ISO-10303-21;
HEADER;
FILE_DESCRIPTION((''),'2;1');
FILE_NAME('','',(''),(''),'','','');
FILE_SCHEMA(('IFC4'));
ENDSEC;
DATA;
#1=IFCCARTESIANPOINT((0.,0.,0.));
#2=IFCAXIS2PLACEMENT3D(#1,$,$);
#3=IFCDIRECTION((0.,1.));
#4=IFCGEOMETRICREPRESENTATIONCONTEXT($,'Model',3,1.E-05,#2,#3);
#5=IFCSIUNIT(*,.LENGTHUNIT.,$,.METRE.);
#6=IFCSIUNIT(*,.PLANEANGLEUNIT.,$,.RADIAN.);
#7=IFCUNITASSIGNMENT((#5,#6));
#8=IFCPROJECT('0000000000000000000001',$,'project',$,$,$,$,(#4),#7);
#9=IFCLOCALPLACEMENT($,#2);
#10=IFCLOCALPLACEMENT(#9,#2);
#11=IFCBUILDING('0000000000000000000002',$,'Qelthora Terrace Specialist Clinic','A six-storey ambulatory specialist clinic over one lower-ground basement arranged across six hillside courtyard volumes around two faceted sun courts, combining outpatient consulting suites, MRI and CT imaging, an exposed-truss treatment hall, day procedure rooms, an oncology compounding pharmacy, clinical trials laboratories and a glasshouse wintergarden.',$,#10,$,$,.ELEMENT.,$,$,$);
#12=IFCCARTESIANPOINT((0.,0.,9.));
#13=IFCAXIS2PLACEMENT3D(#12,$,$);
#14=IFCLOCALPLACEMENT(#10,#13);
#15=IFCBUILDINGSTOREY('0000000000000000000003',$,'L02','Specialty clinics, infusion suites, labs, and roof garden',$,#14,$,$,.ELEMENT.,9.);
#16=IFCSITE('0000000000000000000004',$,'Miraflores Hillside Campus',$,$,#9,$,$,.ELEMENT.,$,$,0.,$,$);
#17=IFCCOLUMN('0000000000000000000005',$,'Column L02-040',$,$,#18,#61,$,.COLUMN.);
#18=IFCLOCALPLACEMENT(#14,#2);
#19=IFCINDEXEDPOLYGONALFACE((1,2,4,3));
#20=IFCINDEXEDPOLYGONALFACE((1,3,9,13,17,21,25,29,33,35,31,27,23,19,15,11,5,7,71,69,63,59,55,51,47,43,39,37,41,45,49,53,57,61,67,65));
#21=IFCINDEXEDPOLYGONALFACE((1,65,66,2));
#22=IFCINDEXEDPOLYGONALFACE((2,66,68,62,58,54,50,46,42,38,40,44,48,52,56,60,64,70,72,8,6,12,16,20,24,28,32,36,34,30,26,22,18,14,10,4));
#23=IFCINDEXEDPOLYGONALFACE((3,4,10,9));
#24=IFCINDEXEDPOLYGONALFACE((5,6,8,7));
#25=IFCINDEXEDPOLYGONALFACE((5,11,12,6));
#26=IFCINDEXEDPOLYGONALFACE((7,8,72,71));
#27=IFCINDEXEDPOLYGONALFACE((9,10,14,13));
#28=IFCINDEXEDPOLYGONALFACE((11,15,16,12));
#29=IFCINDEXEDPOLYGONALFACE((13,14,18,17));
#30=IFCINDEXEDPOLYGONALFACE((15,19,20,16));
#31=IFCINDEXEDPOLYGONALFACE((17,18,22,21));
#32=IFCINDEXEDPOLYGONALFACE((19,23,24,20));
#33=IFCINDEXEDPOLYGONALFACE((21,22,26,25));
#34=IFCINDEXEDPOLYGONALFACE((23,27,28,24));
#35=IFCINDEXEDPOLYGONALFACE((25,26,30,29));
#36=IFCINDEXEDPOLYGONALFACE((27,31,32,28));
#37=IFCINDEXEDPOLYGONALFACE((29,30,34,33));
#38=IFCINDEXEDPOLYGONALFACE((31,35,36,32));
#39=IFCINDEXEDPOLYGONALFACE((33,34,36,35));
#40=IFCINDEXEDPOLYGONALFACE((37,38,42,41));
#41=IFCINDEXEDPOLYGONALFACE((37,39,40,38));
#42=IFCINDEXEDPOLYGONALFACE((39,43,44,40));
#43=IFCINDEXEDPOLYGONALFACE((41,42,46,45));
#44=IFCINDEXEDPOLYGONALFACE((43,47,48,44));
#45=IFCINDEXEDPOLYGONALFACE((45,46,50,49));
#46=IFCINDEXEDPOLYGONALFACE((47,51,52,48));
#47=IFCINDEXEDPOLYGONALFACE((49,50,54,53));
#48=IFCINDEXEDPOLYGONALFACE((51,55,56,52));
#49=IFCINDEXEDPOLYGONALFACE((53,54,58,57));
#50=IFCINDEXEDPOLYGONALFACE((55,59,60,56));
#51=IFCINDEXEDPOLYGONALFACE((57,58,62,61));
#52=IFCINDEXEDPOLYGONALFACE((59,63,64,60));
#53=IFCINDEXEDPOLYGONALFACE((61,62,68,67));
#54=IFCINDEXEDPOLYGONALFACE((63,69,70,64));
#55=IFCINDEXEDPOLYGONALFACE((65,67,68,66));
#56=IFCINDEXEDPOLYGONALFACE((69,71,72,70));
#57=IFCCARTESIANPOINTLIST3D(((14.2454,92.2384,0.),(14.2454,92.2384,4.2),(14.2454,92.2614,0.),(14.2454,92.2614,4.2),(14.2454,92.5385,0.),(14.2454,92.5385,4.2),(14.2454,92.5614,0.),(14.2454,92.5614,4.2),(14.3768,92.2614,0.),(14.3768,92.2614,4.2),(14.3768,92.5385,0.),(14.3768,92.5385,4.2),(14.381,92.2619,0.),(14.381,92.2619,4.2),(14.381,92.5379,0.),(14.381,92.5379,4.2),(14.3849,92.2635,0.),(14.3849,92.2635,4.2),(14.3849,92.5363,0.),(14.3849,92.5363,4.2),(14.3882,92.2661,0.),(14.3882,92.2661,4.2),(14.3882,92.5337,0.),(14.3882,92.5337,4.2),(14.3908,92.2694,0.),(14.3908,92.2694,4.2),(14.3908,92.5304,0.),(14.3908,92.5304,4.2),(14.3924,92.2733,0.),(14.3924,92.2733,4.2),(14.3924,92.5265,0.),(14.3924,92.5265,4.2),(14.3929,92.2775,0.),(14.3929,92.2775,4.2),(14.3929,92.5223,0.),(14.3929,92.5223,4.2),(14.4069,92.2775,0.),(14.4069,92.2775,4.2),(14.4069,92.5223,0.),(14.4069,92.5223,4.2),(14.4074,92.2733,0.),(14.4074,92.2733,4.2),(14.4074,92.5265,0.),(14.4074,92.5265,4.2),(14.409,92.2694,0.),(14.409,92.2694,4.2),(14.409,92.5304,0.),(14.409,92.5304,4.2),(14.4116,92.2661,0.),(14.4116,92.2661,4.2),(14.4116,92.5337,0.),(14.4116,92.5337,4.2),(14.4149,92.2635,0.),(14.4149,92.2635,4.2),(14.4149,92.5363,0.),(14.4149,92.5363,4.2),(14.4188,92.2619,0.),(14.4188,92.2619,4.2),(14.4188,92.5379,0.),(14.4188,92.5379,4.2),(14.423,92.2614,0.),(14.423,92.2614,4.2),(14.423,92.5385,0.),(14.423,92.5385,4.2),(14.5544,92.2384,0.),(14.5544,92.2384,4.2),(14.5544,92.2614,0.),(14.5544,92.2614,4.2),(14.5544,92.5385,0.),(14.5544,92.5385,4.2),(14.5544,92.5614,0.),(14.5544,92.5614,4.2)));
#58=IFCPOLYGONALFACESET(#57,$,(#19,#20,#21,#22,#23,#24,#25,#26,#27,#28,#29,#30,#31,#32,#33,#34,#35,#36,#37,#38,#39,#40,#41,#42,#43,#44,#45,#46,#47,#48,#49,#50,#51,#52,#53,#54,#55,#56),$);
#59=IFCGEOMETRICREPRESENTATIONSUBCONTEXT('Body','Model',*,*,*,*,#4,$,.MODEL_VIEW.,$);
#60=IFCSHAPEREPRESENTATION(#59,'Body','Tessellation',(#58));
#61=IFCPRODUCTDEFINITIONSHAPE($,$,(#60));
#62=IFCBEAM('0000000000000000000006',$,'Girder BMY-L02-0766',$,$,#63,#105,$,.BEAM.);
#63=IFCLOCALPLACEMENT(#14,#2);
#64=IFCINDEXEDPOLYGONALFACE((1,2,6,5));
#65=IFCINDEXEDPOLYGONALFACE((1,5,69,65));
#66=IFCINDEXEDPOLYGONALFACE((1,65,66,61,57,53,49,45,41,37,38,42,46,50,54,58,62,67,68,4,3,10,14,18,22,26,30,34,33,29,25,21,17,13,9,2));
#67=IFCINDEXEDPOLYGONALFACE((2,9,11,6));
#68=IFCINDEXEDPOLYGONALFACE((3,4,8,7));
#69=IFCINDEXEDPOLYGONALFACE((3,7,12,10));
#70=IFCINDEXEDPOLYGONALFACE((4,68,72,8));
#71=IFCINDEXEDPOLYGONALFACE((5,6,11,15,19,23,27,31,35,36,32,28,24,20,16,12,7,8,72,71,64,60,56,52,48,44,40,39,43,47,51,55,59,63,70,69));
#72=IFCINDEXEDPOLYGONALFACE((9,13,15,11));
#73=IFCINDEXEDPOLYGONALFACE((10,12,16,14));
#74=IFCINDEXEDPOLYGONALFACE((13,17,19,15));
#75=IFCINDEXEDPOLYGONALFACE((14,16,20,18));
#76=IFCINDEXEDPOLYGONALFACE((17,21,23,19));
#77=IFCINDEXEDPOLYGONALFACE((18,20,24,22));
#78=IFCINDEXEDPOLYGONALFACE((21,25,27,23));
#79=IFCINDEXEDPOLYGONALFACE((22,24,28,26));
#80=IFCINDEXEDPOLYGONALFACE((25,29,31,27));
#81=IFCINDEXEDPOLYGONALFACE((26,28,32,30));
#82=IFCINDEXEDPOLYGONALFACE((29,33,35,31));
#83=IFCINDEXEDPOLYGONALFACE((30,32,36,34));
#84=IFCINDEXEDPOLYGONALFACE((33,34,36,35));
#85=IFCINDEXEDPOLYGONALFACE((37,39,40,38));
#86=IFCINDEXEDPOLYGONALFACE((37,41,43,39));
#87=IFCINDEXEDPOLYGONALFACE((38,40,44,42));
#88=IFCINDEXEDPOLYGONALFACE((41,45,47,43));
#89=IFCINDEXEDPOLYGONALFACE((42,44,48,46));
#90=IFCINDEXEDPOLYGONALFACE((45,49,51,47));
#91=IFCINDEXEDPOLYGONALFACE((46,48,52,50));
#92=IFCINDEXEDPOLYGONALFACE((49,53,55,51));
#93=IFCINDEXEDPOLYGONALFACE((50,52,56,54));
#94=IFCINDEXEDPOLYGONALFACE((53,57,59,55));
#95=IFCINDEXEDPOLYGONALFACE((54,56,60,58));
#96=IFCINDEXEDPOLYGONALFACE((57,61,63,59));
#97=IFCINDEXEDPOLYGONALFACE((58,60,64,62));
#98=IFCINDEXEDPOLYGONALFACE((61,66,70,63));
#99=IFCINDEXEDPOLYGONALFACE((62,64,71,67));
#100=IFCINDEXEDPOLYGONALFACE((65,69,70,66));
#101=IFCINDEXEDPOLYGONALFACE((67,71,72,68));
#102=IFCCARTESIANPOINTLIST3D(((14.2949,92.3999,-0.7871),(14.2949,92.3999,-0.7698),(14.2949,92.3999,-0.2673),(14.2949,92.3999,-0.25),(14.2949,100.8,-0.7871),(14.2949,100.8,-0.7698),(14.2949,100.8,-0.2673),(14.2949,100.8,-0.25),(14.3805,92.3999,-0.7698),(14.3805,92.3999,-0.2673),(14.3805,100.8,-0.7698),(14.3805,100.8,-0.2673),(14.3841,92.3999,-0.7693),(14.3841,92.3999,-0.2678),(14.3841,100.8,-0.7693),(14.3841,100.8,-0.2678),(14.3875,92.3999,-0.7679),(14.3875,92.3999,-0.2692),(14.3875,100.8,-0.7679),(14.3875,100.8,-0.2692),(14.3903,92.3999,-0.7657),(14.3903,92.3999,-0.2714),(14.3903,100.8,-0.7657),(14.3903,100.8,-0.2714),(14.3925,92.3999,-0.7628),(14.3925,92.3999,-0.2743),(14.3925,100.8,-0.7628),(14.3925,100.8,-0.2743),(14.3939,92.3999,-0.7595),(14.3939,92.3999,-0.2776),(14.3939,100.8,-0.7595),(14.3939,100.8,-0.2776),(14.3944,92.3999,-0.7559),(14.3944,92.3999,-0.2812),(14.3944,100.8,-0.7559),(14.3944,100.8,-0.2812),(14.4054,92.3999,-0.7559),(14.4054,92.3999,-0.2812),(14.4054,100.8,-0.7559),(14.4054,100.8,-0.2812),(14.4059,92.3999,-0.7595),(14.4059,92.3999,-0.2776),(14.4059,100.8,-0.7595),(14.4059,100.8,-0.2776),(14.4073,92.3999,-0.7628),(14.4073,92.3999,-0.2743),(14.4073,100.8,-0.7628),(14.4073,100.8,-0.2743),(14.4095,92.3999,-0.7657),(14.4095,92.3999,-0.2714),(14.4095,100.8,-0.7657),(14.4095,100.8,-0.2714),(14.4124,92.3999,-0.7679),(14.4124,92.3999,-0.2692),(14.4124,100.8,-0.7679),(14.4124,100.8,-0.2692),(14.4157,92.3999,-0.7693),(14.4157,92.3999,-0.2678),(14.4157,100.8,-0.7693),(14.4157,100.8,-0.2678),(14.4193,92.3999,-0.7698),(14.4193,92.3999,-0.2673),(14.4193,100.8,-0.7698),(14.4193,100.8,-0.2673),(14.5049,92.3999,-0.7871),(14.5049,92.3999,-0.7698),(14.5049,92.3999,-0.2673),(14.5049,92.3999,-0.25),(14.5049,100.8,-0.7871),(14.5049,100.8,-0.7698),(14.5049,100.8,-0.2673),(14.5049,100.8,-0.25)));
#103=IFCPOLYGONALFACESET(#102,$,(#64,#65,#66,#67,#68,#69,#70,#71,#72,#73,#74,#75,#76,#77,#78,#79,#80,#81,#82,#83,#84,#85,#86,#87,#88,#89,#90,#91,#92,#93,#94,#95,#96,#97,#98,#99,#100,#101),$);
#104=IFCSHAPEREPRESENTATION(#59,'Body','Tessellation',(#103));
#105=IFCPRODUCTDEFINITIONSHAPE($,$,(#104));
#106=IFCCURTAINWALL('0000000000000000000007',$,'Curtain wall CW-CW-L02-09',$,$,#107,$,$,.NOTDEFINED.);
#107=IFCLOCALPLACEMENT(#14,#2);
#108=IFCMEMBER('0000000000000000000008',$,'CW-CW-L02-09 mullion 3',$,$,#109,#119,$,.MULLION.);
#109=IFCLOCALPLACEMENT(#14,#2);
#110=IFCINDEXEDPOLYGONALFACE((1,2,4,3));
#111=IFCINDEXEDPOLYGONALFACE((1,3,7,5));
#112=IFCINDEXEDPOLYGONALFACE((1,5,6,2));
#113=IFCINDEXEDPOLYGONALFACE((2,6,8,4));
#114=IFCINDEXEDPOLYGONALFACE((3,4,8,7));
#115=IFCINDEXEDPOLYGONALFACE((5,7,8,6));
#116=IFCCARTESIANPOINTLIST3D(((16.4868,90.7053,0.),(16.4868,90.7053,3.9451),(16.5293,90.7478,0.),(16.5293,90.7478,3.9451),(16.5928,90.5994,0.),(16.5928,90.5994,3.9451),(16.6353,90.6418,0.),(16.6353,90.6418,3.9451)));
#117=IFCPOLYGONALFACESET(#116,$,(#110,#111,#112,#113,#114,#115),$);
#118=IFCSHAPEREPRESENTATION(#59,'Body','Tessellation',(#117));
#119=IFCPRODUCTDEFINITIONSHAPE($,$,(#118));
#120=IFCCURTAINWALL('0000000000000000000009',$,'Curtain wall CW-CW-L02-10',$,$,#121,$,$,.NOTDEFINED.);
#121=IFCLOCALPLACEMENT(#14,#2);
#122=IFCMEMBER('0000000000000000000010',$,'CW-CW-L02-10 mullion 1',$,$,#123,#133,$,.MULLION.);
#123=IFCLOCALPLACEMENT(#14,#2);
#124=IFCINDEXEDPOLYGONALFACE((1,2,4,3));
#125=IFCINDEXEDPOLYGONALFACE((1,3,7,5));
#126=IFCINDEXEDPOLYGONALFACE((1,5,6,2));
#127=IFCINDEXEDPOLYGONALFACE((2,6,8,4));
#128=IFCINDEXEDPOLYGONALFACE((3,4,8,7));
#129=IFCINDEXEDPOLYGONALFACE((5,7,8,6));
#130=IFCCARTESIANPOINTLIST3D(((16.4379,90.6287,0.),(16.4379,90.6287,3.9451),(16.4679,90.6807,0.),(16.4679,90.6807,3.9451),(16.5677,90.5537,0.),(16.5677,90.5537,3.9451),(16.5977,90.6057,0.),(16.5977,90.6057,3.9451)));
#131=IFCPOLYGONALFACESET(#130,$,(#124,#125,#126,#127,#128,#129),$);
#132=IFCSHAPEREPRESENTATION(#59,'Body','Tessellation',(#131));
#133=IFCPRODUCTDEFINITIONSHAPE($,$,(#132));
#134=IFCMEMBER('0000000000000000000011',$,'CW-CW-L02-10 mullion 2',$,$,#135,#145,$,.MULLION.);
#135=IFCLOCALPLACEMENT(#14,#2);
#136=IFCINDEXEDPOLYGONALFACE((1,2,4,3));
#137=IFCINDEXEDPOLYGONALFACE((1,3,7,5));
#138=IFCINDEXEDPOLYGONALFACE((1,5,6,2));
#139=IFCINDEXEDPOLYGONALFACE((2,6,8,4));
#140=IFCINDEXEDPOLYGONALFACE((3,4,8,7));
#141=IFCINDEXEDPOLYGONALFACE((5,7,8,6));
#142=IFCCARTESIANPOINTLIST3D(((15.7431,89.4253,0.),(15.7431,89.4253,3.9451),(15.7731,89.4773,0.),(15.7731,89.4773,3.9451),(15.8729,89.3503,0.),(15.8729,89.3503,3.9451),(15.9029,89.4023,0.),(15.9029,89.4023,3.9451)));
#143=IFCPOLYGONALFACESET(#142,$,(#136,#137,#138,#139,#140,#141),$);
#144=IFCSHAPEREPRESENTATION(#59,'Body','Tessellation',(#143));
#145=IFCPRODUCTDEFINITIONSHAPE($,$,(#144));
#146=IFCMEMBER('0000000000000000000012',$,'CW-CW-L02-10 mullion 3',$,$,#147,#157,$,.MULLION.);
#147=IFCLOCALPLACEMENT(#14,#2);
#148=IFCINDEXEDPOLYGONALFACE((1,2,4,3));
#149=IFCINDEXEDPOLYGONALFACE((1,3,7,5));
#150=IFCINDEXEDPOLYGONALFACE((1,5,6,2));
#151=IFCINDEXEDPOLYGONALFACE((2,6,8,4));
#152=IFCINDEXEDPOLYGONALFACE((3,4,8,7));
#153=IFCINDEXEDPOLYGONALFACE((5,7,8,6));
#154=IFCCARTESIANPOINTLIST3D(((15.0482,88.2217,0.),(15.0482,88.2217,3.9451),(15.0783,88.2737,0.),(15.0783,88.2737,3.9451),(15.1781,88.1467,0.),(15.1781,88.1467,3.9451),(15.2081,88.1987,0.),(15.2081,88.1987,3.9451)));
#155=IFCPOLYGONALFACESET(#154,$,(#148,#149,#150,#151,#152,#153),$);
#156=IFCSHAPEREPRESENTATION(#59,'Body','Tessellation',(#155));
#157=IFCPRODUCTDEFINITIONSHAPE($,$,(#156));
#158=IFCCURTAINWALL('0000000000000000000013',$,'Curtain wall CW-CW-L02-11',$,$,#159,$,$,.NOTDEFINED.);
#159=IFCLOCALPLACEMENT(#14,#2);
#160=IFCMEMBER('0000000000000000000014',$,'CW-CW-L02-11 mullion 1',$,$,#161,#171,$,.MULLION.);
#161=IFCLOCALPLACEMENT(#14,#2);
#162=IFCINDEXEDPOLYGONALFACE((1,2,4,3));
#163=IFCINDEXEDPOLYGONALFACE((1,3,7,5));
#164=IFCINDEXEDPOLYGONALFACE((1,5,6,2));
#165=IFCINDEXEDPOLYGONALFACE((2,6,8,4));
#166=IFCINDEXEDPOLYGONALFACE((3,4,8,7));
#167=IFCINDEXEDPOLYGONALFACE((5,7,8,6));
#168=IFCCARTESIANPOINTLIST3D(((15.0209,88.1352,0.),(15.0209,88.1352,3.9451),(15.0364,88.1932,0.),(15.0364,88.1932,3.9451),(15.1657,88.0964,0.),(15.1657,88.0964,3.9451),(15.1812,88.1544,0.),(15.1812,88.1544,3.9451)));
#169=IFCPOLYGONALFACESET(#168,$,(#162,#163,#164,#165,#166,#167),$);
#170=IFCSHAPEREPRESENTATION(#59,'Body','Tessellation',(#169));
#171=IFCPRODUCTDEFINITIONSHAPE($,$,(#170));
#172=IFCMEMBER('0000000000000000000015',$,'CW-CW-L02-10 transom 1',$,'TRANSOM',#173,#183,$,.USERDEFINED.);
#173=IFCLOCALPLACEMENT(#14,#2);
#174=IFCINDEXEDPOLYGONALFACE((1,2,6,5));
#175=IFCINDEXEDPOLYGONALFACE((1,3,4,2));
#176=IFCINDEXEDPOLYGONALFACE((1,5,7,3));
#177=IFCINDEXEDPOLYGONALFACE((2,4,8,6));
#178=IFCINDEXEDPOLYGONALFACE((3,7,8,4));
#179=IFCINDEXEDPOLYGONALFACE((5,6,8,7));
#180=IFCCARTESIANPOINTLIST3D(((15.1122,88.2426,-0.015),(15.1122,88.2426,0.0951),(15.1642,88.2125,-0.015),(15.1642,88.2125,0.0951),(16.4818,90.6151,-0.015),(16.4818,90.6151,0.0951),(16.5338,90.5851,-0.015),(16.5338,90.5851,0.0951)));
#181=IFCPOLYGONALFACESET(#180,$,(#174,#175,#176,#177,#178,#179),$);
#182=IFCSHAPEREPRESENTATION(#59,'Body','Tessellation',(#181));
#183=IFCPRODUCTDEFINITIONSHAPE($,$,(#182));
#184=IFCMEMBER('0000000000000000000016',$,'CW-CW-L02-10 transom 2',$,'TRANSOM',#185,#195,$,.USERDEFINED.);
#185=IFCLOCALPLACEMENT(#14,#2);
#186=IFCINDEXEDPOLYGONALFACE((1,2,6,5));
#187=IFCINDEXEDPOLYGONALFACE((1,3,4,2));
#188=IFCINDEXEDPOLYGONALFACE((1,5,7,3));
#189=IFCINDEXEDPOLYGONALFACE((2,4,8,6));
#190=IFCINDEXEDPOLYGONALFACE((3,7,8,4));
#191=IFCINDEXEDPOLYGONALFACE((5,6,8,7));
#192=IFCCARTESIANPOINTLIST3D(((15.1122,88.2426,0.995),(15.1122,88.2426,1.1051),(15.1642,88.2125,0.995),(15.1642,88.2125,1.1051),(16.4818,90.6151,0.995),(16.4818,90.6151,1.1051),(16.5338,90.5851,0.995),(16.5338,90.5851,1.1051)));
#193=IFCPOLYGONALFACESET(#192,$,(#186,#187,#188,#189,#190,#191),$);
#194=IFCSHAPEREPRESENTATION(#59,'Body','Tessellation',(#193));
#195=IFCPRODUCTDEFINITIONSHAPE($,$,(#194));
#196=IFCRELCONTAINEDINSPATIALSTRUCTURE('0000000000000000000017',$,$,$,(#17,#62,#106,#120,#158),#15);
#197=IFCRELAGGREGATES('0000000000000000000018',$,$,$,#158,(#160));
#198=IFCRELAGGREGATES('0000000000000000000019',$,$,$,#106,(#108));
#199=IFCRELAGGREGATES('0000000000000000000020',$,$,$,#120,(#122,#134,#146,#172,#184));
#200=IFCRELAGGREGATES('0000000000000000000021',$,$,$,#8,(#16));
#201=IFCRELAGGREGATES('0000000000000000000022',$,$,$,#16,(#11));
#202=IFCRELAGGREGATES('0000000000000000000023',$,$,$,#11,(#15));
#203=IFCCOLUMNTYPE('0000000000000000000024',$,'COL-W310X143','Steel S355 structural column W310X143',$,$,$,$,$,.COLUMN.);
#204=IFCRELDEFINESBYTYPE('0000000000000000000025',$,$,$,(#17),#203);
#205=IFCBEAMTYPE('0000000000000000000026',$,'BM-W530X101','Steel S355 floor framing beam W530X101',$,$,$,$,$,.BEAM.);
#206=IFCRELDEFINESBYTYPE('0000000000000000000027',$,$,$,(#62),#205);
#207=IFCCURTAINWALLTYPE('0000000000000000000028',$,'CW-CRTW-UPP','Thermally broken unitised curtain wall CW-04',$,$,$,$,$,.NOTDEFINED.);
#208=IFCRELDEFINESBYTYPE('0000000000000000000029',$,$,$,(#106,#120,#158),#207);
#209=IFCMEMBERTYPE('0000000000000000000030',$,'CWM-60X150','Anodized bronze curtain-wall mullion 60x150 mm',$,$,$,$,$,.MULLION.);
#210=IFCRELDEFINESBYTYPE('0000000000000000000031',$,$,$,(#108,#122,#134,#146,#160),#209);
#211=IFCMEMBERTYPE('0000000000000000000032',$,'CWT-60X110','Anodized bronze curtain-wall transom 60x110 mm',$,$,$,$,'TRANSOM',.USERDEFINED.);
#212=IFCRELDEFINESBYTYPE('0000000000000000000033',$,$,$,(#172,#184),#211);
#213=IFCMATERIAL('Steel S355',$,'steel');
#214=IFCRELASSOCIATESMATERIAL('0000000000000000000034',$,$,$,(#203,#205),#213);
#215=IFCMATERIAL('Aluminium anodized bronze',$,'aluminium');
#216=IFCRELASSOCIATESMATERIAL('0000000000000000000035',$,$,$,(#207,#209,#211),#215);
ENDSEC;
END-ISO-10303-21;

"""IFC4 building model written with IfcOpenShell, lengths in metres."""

from ifc_helpers import new_model, si_unit, direction, frame, origin, origin_2d, place, context, subcontext, project, spatial, rectangle, i_section, extrude, material, material_profile, profile_set, type_object, element, aggregate, save


model = new_model("IFC4")

# Units and contexts
model_context = context("Model", 3, precision=1e-05, world=origin(), true_north=direction((0.0, 1.0)))
body_context = subcontext(model_context, "Body", "Model", "MODEL_VIEW")
ifc_project = project(units=[si_unit("LENGTHUNIT", "METRE"), si_unit("PLANEANGLEUNIT", "RADIAN")], contexts=[model_context])

# Site, building, storey
site_placement = place(None, origin())
site = spatial("IfcSite", under=ifc_project, at=site_placement, Name="Miraflores Hillside Campus", CompositionType="ELEMENT", RefElevation=0.0)
building_placement = place(site_placement, origin())
building = spatial("IfcBuilding", under=site, at=building_placement, Name="Qelthora Terrace Specialist Clinic", Description="A six-storey ambulatory specialist clinic over one lower-ground basement arranged across six hillside courtyard volumes around two faceted sun courts, combining outpatient consulting suites, MRI and CT imaging, an exposed-truss treatment hall, day procedure rooms, an oncology compounding pharmacy, clinical trials laboratories and a glasshouse wintergarden.", CompositionType="ELEMENT")
storey_placement = place(building_placement, frame((0.0, 0.0, 9.0)))
storey = spatial("IfcBuildingStorey", under=building, at=storey_placement, Name="L02", Description="Specialty clinics, infusion suites, labs, and roof garden", CompositionType="ELEMENT", Elevation=9.0)

# Column
ifc_material_1 = material(Name="Steel S355", Category="steel")
ifc_material_profile_1 = material_profile(ifc_material_1, i_section(OverallWidth=0.3091, OverallDepth=0.323, WebThickness=0.0139, FlangeThickness=0.0229, FilletRadius=0.0161, at=origin_2d()), Name="W310X143")
ifc_profile_set_1 = profile_set([ifc_material_profile_1], Name="Steel S355")
column_type = type_object("IfcColumnType", Name="COL-W310X143", Description="Steel S355 structural column W310X143", PredefinedType="COLUMN", material=ifc_profile_set_1)
column_placement = place(storey_placement, frame((14.3999, 92.3999, 0.0), z_axis=(0.0, 0.0, 1.0), x_axis=(1.0, 0.0, 0.0)))
element("IfcColumn", 1, at=column_placement, inside=storey, type_object=column_type, Name="Column L02-040", PredefinedType="COLUMN", context=body_context, shape_type="SweptSolid", body=[
    extrude(i_section(OverallWidth=0.3091, OverallDepth=0.323, WebThickness=0.0139, FlangeThickness=0.0229, FilletRadius=0.0161, at=origin_2d()), origin(), (0.0, 0.0, 1.0), 4.2),
])

# Beam
ifc_material_profile_2 = material_profile(ifc_material_1, i_section(OverallWidth=0.21, OverallDepth=0.5371, WebThickness=0.011, FlangeThickness=0.0173, FilletRadius=0.0139, at=origin_2d()), Name="W530X101")
ifc_profile_set_2 = profile_set([ifc_material_profile_2], Name="Steel S355")
beam_type = type_object("IfcBeamType", Name="BM-W530X101", Description="Steel S355 floor framing beam W530X101", PredefinedType="BEAM", material=ifc_profile_set_2)
beam_placement = place(storey_placement, frame((14.3999, 92.3999, -0.5186), z_axis=(0.0, 1.0, 0.0), x_axis=(-1.0, 0.0, 0.0)))
element("IfcBeam", 2, at=beam_placement, inside=storey, type_object=beam_type, Name="Girder BMY-L02-0766", PredefinedType="BEAM", context=body_context, shape_type="SweptSolid", body=[
    extrude(i_section(OverallWidth=0.21, OverallDepth=0.5371, WebThickness=0.011, FlangeThickness=0.0173, FilletRadius=0.0139, at=origin_2d()), origin(), (0.0, 0.0, 1.0), 8.4001),
])

# Curtain wall, member
ifc_material_2 = material(Name="Aluminium anodized bronze", Category="aluminium")
curtain_wall_type = type_object("IfcCurtainWallType", Name="CW-CRTW-UPP", Description="Thermally broken unitised curtain wall CW-04", PredefinedType="NOTDEFINED", material=ifc_material_2)
curtain_wall_1_placement = place(storey_placement, origin())
curtain_wall_1 = element("IfcCurtainWall", 3, at=curtain_wall_1_placement, inside=storey, type_object=curtain_wall_type, Name="Curtain wall CW-CW-L02-09", PredefinedType="NOTDEFINED")
ifc_material_profile_3 = material_profile(ifc_material_2, rectangle(XDim=0.0601, YDim=0.1499, at=origin_2d()), Name="CWM60X150")
ifc_profile_set_3 = profile_set([ifc_material_profile_3], Name="Aluminium anodized bronze")
member_type_1 = type_object("IfcMemberType", Name="CWM-60X150", Description="Anodized bronze curtain-wall mullion 60x150 mm", PredefinedType="MULLION", material=ifc_profile_set_3)
member_1_placement = place(storey_placement, frame((16.561, 90.6736, 0.0), z_axis=(0.0, 0.0, 1.0), x_axis=(-0.707107, -0.707107, 0.0)))
member_1 = element("IfcMember", 4, at=member_1_placement, type_object=member_type_1, Name="CW-CW-L02-09 mullion 3", PredefinedType="MULLION", context=body_context, shape_type="SweptSolid", body=[
    extrude(rectangle(XDim=0.0601, YDim=0.1499, at=origin_2d()), origin(), (0.0, 0.0, 1.0), 3.9451),
])

# Curtain wall, members
curtain_wall_2_placement = place(storey_placement, origin())
curtain_wall_2 = element("IfcCurtainWall", 5, at=curtain_wall_2_placement, inside=storey, type_object=curtain_wall_type, Name="Curtain wall CW-CW-L02-10", PredefinedType="NOTDEFINED")
member_2_placement = place(storey_placement, frame((16.5178, 90.6172, 0.0), z_axis=(0.0, 0.0, 1.0), x_axis=(-0.5, -0.866026, 0.0)))
member_2 = element("IfcMember", 6, at=member_2_placement, type_object=member_type_1, Name="CW-CW-L02-10 mullion 1", PredefinedType="MULLION", context=body_context, shape_type="SweptSolid", body=[
    extrude(rectangle(XDim=0.0601, YDim=0.1499, at=origin_2d()), origin(), (0.0, 0.0, 1.0), 3.9451),
])
member_3_placement = place(storey_placement, frame((15.823, 89.4138, 0.0), z_axis=(0.0, 0.0, 1.0), x_axis=(-0.5, -0.866026, 0.0)))
member_3 = element("IfcMember", 7, at=member_3_placement, type_object=member_type_1, Name="CW-CW-L02-10 mullion 2", PredefinedType="MULLION", context=body_context, shape_type="SweptSolid", body=[
    extrude(rectangle(XDim=0.0601, YDim=0.1499, at=origin_2d()), origin(), (0.0, 0.0, 1.0), 3.9451),
])
member_4_placement = place(storey_placement, frame((15.1282, 88.2102, 0.0), z_axis=(0.0, 0.0, 1.0), x_axis=(-0.5, -0.866026, 0.0)))
member_4 = element("IfcMember", 8, at=member_4_placement, type_object=member_type_1, Name="CW-CW-L02-10 mullion 3", PredefinedType="MULLION", context=body_context, shape_type="SweptSolid", body=[
    extrude(rectangle(XDim=0.0601, YDim=0.1499, at=origin_2d()), origin(), (0.0, 0.0, 1.0), 3.9451),
])

# Curtain wall, member
curtain_wall_3_placement = place(storey_placement, origin())
curtain_wall_3 = element("IfcCurtainWall", 9, at=curtain_wall_3_placement, inside=storey, type_object=curtain_wall_type, Name="Curtain wall CW-CW-L02-11", PredefinedType="NOTDEFINED")
member_5_placement = place(storey_placement, frame((15.1011, 88.1448, 0.0), z_axis=(0.0, 0.0, 1.0), x_axis=(-0.25882, -0.965925, 0.0)))
member_5 = element("IfcMember", 10, at=member_5_placement, type_object=member_type_1, Name="CW-CW-L02-11 mullion 1", PredefinedType="MULLION", context=body_context, shape_type="SweptSolid", body=[
    extrude(rectangle(XDim=0.0601, YDim=0.1499, at=origin_2d()), origin(), (0.0, 0.0, 1.0), 3.9451),
])

# Members
ifc_material_profile_4 = material_profile(ifc_material_2, rectangle(XDim=0.0601, YDim=0.1101, at=origin_2d()), Name="CWT60X110")
ifc_profile_set_4 = profile_set([ifc_material_profile_4], Name="Aluminium anodized bronze")
member_type_2 = type_object("IfcMemberType", Name="CWT-60X110", Description="Anodized bronze curtain-wall transom 60x110 mm", ElementType="TRANSOM", PredefinedType="USERDEFINED", material=ifc_profile_set_4)
member_6_placement = place(storey_placement, frame((16.5078, 90.6001, 0.04), z_axis=(-0.499954, -0.866052, 0.0), x_axis=(0.866052, -0.499954, 0.0)))
member_6 = element("IfcMember", 11, at=member_6_placement, type_object=member_type_2, Name="CW-CW-L02-10 transom 1", ObjectType="TRANSOM", PredefinedType="USERDEFINED", context=body_context, shape_type="SweptSolid", body=[
    extrude(rectangle(XDim=0.0601, YDim=0.1101, at=origin_2d()), origin(), (0.0, 0.0, 1.0), 2.7395),
])
member_7_placement = place(storey_placement, frame((16.5078, 90.6001, 1.05), z_axis=(-0.499954, -0.866052, 0.0), x_axis=(0.866052, -0.499954, 0.0)))
member_7 = element("IfcMember", 12, at=member_7_placement, type_object=member_type_2, Name="CW-CW-L02-10 transom 2", ObjectType="TRANSOM", PredefinedType="USERDEFINED", context=body_context, shape_type="SweptSolid", body=[
    extrude(rectangle(XDim=0.0601, YDim=0.1101, at=origin_2d()), origin(), (0.0, 0.0, 1.0), 2.7395),
])
aggregate(curtain_wall_3, [member_5])

aggregate(curtain_wall_1, [member_1])
aggregate(curtain_wall_2, [member_2, member_3, member_4, member_6, member_7])

save(model, "model.ifc")
